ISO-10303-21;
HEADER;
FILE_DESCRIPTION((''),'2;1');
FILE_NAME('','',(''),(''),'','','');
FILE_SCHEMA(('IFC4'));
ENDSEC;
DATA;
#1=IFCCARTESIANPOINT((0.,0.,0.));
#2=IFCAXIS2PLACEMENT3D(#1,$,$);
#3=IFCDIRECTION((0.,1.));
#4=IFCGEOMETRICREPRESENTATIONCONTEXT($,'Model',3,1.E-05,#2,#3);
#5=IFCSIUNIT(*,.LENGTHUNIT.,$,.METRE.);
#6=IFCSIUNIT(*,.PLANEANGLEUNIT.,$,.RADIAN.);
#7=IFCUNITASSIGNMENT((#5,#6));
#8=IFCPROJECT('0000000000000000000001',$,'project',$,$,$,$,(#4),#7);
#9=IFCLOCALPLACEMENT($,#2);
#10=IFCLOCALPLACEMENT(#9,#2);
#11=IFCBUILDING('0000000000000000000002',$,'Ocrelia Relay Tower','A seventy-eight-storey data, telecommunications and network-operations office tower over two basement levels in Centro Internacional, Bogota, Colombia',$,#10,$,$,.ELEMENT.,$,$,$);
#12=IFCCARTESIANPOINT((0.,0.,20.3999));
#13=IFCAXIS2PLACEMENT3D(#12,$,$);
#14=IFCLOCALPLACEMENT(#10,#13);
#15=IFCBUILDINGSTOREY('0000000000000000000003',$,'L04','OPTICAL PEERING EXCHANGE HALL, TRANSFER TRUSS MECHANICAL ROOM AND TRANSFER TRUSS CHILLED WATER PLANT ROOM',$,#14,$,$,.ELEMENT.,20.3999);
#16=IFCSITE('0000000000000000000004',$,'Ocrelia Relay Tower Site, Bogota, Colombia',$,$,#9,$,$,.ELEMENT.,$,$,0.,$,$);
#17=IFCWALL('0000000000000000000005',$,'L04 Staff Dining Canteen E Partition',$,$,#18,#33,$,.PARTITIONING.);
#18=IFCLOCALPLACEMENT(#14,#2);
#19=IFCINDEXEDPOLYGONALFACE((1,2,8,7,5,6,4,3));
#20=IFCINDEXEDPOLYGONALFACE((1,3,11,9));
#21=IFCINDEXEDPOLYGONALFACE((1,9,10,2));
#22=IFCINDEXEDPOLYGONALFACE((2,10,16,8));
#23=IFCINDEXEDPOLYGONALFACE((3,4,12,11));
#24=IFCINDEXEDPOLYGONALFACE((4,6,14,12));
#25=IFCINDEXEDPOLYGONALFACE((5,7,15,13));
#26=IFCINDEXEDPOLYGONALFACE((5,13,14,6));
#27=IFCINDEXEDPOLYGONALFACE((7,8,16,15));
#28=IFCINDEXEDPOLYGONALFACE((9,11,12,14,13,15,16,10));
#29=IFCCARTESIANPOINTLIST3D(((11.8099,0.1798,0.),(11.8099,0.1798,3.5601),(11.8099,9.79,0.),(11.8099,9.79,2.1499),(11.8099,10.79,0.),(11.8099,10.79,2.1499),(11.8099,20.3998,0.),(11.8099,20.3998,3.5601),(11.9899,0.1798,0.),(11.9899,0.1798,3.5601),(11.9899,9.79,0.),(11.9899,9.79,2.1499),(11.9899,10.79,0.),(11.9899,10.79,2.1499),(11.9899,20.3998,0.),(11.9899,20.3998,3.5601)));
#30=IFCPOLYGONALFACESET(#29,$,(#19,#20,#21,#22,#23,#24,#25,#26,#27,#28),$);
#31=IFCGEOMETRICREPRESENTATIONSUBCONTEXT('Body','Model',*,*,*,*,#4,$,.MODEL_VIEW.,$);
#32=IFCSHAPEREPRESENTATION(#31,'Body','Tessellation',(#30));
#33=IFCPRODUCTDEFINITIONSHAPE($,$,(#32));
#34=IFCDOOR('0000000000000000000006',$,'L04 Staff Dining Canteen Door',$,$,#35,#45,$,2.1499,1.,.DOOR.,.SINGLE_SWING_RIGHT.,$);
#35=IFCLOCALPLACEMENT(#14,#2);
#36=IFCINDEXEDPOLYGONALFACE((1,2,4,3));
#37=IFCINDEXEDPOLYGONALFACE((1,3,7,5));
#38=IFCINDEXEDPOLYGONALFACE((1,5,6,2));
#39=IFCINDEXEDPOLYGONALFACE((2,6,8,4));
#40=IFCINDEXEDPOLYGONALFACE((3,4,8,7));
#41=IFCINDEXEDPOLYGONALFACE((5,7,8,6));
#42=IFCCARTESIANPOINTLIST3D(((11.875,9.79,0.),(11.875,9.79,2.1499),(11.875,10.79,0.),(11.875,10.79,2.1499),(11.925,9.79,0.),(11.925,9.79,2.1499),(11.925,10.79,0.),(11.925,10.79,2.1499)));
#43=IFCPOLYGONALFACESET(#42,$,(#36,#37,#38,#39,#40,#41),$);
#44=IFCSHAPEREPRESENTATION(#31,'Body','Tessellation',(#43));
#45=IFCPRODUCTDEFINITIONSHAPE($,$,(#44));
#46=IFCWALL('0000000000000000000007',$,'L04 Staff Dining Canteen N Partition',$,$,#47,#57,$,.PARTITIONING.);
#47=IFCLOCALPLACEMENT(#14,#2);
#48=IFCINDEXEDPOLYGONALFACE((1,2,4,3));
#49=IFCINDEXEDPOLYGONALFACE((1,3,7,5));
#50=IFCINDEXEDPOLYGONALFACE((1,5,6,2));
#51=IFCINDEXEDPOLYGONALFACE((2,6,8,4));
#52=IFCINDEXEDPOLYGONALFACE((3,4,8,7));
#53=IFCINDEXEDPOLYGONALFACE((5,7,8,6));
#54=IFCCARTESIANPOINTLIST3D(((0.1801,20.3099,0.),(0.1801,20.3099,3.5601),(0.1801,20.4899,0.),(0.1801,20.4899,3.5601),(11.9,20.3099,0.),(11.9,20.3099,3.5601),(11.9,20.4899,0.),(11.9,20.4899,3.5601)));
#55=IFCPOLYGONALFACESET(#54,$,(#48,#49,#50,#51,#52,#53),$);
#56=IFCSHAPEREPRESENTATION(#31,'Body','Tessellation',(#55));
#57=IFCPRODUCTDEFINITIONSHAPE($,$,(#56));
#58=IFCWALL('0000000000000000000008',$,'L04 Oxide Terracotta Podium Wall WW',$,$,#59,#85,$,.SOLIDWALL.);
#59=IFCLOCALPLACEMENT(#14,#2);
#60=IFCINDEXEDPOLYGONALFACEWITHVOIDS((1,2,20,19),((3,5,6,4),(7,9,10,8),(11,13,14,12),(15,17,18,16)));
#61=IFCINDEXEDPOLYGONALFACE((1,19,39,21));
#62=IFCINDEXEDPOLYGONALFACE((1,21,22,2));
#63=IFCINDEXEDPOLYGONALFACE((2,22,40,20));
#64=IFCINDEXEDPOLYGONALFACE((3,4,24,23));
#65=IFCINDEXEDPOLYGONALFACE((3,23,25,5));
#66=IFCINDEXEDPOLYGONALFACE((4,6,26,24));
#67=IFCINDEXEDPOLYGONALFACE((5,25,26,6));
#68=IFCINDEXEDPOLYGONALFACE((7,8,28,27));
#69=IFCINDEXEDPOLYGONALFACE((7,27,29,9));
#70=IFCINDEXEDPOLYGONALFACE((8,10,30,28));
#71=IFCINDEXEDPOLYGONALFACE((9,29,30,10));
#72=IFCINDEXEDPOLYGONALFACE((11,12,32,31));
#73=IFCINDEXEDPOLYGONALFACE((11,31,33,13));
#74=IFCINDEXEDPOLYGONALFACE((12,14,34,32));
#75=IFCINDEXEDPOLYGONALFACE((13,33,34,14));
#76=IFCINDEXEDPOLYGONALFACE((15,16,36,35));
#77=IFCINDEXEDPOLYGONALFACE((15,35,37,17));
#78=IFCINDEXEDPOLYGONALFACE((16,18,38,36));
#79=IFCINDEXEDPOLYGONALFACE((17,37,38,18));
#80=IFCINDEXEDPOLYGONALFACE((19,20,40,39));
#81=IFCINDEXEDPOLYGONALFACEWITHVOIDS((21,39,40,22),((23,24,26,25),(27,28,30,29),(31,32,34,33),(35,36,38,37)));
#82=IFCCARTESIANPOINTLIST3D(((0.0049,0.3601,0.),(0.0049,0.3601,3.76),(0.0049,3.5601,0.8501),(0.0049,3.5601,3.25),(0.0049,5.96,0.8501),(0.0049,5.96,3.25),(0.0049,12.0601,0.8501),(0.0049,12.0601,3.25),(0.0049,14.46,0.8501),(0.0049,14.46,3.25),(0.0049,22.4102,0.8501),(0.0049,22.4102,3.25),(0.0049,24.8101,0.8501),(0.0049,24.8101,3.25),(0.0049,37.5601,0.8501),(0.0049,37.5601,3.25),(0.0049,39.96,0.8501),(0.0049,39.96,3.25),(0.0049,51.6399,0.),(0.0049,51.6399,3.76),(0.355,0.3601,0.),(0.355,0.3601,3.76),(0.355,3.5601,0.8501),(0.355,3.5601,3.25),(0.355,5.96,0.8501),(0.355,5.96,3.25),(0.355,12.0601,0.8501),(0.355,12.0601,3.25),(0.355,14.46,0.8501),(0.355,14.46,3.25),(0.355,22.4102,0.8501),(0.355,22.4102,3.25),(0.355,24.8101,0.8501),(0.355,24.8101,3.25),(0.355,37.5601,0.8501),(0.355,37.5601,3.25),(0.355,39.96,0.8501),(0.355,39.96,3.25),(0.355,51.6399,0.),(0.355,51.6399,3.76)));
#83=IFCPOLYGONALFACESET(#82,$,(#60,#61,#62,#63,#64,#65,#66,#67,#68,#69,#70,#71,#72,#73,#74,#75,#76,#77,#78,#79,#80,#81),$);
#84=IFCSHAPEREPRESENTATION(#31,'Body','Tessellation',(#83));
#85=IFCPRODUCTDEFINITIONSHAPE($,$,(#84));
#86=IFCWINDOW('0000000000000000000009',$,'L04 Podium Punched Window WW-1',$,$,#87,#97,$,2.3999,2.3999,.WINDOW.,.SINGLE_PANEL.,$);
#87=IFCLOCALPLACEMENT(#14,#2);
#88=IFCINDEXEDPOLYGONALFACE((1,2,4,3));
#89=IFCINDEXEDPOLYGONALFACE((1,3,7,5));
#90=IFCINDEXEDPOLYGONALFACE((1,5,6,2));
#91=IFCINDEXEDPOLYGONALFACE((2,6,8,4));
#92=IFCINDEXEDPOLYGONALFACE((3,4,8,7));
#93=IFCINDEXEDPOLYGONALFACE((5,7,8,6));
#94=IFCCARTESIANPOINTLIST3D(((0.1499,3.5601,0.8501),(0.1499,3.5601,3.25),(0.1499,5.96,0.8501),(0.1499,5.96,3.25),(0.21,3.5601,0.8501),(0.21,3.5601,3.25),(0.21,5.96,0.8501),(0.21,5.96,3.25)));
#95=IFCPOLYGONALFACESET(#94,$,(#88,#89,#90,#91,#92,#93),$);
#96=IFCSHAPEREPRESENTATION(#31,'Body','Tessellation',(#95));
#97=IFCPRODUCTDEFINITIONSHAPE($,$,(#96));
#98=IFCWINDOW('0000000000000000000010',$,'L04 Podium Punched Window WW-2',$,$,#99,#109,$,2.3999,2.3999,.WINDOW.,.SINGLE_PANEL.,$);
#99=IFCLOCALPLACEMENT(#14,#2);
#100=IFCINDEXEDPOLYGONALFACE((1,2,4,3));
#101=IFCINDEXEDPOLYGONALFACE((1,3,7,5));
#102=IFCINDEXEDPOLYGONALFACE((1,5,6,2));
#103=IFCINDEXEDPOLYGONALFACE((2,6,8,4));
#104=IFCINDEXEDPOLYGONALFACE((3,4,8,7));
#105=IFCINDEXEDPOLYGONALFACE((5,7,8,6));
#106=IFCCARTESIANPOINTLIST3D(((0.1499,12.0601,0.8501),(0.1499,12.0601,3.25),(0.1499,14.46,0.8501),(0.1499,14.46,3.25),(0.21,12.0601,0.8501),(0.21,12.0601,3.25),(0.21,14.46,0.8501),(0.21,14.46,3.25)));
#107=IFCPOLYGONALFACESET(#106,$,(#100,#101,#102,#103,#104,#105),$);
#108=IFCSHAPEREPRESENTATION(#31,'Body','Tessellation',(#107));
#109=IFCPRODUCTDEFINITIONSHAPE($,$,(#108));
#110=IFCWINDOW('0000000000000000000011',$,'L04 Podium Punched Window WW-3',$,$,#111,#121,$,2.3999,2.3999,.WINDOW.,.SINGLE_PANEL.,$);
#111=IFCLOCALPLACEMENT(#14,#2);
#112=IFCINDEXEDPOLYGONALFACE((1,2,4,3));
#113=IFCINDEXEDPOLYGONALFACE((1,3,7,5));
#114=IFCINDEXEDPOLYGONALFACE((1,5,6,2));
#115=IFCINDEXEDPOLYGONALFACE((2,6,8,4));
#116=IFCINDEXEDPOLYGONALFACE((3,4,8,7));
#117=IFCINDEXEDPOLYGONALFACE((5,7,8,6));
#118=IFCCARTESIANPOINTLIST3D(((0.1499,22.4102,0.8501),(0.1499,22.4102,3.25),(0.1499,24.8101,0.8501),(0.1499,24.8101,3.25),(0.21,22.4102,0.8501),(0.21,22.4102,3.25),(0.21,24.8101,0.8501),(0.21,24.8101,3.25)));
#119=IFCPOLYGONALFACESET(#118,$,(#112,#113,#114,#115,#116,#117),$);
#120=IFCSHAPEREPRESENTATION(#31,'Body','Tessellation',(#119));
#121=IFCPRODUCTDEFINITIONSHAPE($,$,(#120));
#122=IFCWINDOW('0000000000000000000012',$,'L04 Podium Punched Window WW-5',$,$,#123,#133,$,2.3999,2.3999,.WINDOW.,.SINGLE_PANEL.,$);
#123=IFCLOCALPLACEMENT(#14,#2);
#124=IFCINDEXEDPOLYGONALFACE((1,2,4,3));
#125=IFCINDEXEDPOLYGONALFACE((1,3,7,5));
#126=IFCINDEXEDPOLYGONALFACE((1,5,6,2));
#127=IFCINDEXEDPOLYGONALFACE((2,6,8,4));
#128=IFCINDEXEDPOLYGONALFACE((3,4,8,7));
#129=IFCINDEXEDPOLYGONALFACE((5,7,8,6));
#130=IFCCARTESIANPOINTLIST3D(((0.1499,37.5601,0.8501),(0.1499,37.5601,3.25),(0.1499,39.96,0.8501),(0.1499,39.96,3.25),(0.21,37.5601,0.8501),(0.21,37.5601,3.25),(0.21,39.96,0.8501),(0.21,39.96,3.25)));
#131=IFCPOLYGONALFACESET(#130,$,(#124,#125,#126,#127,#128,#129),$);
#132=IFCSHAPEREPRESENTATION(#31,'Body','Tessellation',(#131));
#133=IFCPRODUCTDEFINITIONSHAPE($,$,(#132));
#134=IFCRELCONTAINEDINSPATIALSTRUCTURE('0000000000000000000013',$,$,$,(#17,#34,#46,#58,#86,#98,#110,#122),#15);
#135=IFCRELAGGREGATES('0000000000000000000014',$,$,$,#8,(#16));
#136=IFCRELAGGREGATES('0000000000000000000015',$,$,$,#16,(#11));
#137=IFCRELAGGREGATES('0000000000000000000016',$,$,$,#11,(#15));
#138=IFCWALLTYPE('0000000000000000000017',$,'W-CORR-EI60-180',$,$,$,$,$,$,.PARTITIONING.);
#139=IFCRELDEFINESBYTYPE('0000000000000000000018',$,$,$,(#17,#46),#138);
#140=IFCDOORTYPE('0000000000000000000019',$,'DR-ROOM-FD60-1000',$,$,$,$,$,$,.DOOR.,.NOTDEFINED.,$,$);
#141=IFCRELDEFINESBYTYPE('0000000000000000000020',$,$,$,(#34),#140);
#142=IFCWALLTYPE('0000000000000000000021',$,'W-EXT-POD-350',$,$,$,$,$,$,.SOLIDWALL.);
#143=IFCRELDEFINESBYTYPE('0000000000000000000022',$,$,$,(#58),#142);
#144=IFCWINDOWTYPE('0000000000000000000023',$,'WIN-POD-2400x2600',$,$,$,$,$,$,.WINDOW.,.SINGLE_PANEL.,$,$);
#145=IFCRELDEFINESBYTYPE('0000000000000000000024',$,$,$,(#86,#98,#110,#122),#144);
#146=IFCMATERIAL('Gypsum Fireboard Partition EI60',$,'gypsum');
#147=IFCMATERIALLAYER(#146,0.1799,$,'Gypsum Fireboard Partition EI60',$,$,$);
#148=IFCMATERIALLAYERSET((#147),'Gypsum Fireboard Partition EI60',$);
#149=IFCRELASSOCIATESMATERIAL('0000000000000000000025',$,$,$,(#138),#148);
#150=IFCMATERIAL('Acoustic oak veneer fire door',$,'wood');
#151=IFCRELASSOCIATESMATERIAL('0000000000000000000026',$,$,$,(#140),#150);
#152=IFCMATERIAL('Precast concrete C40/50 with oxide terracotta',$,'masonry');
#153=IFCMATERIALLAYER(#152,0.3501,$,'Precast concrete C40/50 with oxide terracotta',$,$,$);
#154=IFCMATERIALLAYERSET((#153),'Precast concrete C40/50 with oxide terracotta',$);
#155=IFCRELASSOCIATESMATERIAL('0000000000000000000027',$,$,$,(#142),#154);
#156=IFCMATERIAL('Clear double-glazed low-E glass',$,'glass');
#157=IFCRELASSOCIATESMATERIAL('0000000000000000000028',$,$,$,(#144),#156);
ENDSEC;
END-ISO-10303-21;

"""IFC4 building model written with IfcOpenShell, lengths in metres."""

from ifc_helpers import new_model, si_unit, direction, frame, frame_2d, origin, place, context, subcontext, project, spatial, rectangle, extrude, material, layer, layer_set, type_object, element, fill, save


model = new_model("IFC4")

# Units and contexts
model_context = context("Model", 3, precision=1e-05, world=origin(), true_north=direction((0.0, 1.0)))
body_context = subcontext(model_context, "Body", "Model", "MODEL_VIEW")
ifc_project = project(units=[si_unit("LENGTHUNIT", "METRE"), si_unit("PLANEANGLEUNIT", "RADIAN")], contexts=[model_context])

# Site, building, storey
site_placement = place(None, origin())
site = spatial("IfcSite", under=ifc_project, at=site_placement, Name="Ocrelia Relay Tower Site, Bogota, Colombia", CompositionType="ELEMENT", RefElevation=0.0)
building_placement = place(site_placement, origin())
building = spatial("IfcBuilding", under=site, at=building_placement, Name="Ocrelia Relay Tower", Description="A seventy-eight-storey data, telecommunications and network-operations office tower over two basement levels in Centro Internacional, Bogota, Colombia", CompositionType="ELEMENT")
storey_placement = place(building_placement, frame((0.0, 0.0, 20.3999)))
storey = spatial("IfcBuildingStorey", under=building, at=storey_placement, Name="L04", Description="OPTICAL PEERING EXCHANGE HALL, TRANSFER TRUSS MECHANICAL ROOM AND TRANSFER TRUSS CHILLED WATER PLANT ROOM", CompositionType="ELEMENT", Elevation=20.3999)

# Wall, opening, door
ifc_material_1 = material(Name="Gypsum Fireboard Partition EI60", Category="gypsum")
ifc_layer_1 = layer(ifc_material_1, 0.1799, Name="Gypsum Fireboard Partition EI60")
ifc_layer_set_1 = layer_set([ifc_layer_1], Name="Gypsum Fireboard Partition EI60")
wall_type_1 = type_object("IfcWallType", Name="W-CORR-EI60-180", PredefinedType="PARTITIONING", material=ifc_layer_set_1)
wall_1_placement = place(storey_placement, frame((11.8999, 0.1799, 0.0), z_axis=(0.0, 0.0, 1.0), x_axis=(0.0, 1.0, 0.0)))
wall_1 = element("IfcWall", 1, at=wall_1_placement, inside=storey, type_object=wall_type_1, Name="L04 Staff Dining Canteen E Partition", PredefinedType="PARTITIONING", context=body_context, shape_type="SweptSolid", body=[
    extrude(rectangle(XDim=20.22, YDim=0.1799, at=frame_2d((10.1099, 0.0))), origin(), (0.0, 0.0, 1.0), 3.5601),
])
opening_1_placement = place(wall_1_placement, frame((9.6101, 0.0, 0.0)))
opening_1 = element("IfcOpeningElement", 2, at=opening_1_placement, cuts=wall_1, PredefinedType="OPENING", context=body_context, shape_type="SweptSolid", body=[
    extrude(rectangle(XDim=1.0, YDim=2.1499, at=frame_2d((0.5, 1.075))), frame((0.0, 0.1001, 0.0), z_axis=(0.0, -1.0, 0.0), x_axis=(1.0, 0.0, 0.0)), (0.0, 0.0, 1.0), 0.2),
])
ifc_material_2 = material(Name="Acoustic oak veneer fire door", Category="wood")
door_type = type_object("IfcDoorType", Name="DR-ROOM-FD60-1000", OperationType="NOTDEFINED", PredefinedType="DOOR", material=ifc_material_2)
door_placement = place(opening_1_placement, origin())
door = element("IfcDoor", 3, at=door_placement, inside=storey, type_object=door_type, Name="L04 Staff Dining Canteen Door", OperationType="SINGLE_SWING_RIGHT", OverallHeight=2.1499, OverallWidth=1.0, PredefinedType="DOOR", context=body_context, shape_type="SweptSolid", body=[
    extrude(rectangle(XDim=1.0, YDim=2.1499, at=frame_2d((0.5, 1.075))), frame((0.0, 0.0249, 0.0), z_axis=(0.0, -1.0, 0.0), x_axis=(1.0, 0.0, 0.0)), (0.0, 0.0, 1.0), 0.05),
])
fill(opening_1, door)

# Wall
wall_2_placement = place(storey_placement, frame((11.8999, 20.3999, 0.0), z_axis=(0.0, 0.0, 1.0), x_axis=(-1.0, 0.0, 0.0)))
element("IfcWall", 4, at=wall_2_placement, inside=storey, type_object=wall_type_1, Name="L04 Staff Dining Canteen N Partition", PredefinedType="PARTITIONING", context=body_context, shape_type="SweptSolid", body=[
    extrude(rectangle(XDim=11.72, YDim=0.1799, at=frame_2d((5.8599, 0.0))), origin(), (0.0, 0.0, 1.0), 3.5601),
])

# Wall, openings, windows
ifc_material_3 = material(Name="Precast concrete C40/50 with oxide terracotta", Category="masonry")
ifc_layer_2 = layer(ifc_material_3, 0.3501, Name="Precast concrete C40/50 with oxide terracotta")
ifc_layer_set_2 = layer_set([ifc_layer_2], Name="Precast concrete C40/50 with oxide terracotta")
wall_type_2 = type_object("IfcWallType", Name="W-EXT-POD-350", PredefinedType="SOLIDWALL", material=ifc_layer_set_2)
wall_3_placement = place(storey_placement, frame((0.1799, 0.3601, 0.0), z_axis=(0.0, 0.0, 1.0), x_axis=(0.0, 1.0, 0.0)))
wall_3 = element("IfcWall", 5, at=wall_3_placement, inside=storey, type_object=wall_type_2, Name="L04 Oxide Terracotta Podium Wall WW", PredefinedType="SOLIDWALL", context=body_context, shape_type="SweptSolid", body=[
    extrude(rectangle(XDim=51.2798, YDim=0.3501, at=frame_2d((25.6399, 0.0))), origin(), (0.0, 0.0, 1.0), 3.76),
])
opening_2_placement = place(wall_3_placement, frame((3.2, 0.0, 0.8501)))
opening_2 = element("IfcOpeningElement", 6, at=opening_2_placement, cuts=wall_3, PredefinedType="OPENING", context=body_context, shape_type="SweptSolid", body=[
    extrude(rectangle(XDim=2.3999, YDim=2.3999, at=frame_2d((1.2, 1.2))), frame((0.0, 0.1851, 0.0), z_axis=(0.0, -1.0, 0.0), x_axis=(1.0, 0.0, 0.0)), (0.0, 0.0, 1.0), 0.3701),
])
opening_3_placement = place(wall_3_placement, frame((11.7, 0.0, 0.8501)))
opening_3 = element("IfcOpeningElement", 7, at=opening_3_placement, cuts=wall_3, PredefinedType="OPENING", context=body_context, shape_type="SweptSolid", body=[
    extrude(rectangle(XDim=2.3999, YDim=2.3999, at=frame_2d((1.2, 1.2))), frame((0.0, 0.1851, 0.0), z_axis=(0.0, -1.0, 0.0), x_axis=(1.0, 0.0, 0.0)), (0.0, 0.0, 1.0), 0.3701),
])
opening_4_placement = place(wall_3_placement, frame((22.05, 0.0, 0.8501)))
opening_4 = element("IfcOpeningElement", 8, at=opening_4_placement, cuts=wall_3, PredefinedType="OPENING", context=body_context, shape_type="SweptSolid", body=[
    extrude(rectangle(XDim=2.3999, YDim=2.3999, at=frame_2d((1.2, 1.2))), frame((0.0, 0.1851, 0.0), z_axis=(0.0, -1.0, 0.0), x_axis=(1.0, 0.0, 0.0)), (0.0, 0.0, 1.0), 0.3701),
])
opening_5_placement = place(wall_3_placement, frame((37.2, 0.0, 0.8501)))
opening_5 = element("IfcOpeningElement", 9, at=opening_5_placement, cuts=wall_3, PredefinedType="OPENING", context=body_context, shape_type="SweptSolid", body=[
    extrude(rectangle(XDim=2.3999, YDim=2.3999, at=frame_2d((1.2, 1.2))), frame((0.0, 0.1851, 0.0), z_axis=(0.0, -1.0, 0.0), x_axis=(1.0, 0.0, 0.0)), (0.0, 0.0, 1.0), 0.3701),
])
ifc_material_4 = material(Name="Clear double-glazed low-E glass", Category="glass")
window_type = type_object("IfcWindowType", Name="WIN-POD-2400x2600", PartitioningType="SINGLE_PANEL", PredefinedType="WINDOW", material=ifc_material_4)
window_1_placement = place(opening_2_placement, origin())
window_1 = element("IfcWindow", 10, at=window_1_placement, inside=storey, type_object=window_type, Name="L04 Podium Punched Window WW-1", OverallHeight=2.3999, OverallWidth=2.3999, PartitioningType="SINGLE_PANEL", PredefinedType="WINDOW", context=body_context, shape_type="SweptSolid", body=[
    extrude(rectangle(XDim=2.3999, YDim=2.3999, at=frame_2d((1.2, 1.2))), frame((0.0, 0.03, 0.0), z_axis=(0.0, -1.0, 0.0), x_axis=(1.0, 0.0, 0.0)), (0.0, 0.0, 1.0), 0.0601),
])
fill(opening_2, window_1)
window_2_placement = place(opening_3_placement, origin())
window_2 = element("IfcWindow", 11, at=window_2_placement, inside=storey, type_object=window_type, Name="L04 Podium Punched Window WW-2", OverallHeight=2.3999, OverallWidth=2.3999, PartitioningType="SINGLE_PANEL", PredefinedType="WINDOW", context=body_context, shape_type="SweptSolid", body=[
    extrude(rectangle(XDim=2.3999, YDim=2.3999, at=frame_2d((1.2, 1.2))), frame((0.0, 0.03, 0.0), z_axis=(0.0, -1.0, 0.0), x_axis=(1.0, 0.0, 0.0)), (0.0, 0.0, 1.0), 0.0601),
])
fill(opening_3, window_2)
window_3_placement = place(opening_4_placement, origin())
window_3 = element("IfcWindow", 12, at=window_3_placement, inside=storey, type_object=window_type, Name="L04 Podium Punched Window WW-3", OverallHeight=2.3999, OverallWidth=2.3999, PartitioningType="SINGLE_PANEL", PredefinedType="WINDOW", context=body_context, shape_type="SweptSolid", body=[
    extrude(rectangle(XDim=2.3999, YDim=2.3999, at=frame_2d((1.2, 1.2))), frame((0.0, 0.03, 0.0), z_axis=(0.0, -1.0, 0.0), x_axis=(1.0, 0.0, 0.0)), (0.0, 0.0, 1.0), 0.0601),
])
fill(opening_4, window_3)
window_4_placement = place(opening_5_placement, origin())
window_4 = element("IfcWindow", 13, at=window_4_placement, inside=storey, type_object=window_type, Name="L04 Podium Punched Window WW-5", OverallHeight=2.3999, OverallWidth=2.3999, PartitioningType="SINGLE_PANEL", PredefinedType="WINDOW", context=body_context, shape_type="SweptSolid", body=[
    extrude(rectangle(XDim=2.3999, YDim=2.3999, at=frame_2d((1.2, 1.2))), frame((0.0, 0.03, 0.0), z_axis=(0.0, -1.0, 0.0), x_axis=(1.0, 0.0, 0.0)), (0.0, 0.0, 1.0), 0.0601),
])
fill(opening_5, window_4)

save(model, "model.ifc")
